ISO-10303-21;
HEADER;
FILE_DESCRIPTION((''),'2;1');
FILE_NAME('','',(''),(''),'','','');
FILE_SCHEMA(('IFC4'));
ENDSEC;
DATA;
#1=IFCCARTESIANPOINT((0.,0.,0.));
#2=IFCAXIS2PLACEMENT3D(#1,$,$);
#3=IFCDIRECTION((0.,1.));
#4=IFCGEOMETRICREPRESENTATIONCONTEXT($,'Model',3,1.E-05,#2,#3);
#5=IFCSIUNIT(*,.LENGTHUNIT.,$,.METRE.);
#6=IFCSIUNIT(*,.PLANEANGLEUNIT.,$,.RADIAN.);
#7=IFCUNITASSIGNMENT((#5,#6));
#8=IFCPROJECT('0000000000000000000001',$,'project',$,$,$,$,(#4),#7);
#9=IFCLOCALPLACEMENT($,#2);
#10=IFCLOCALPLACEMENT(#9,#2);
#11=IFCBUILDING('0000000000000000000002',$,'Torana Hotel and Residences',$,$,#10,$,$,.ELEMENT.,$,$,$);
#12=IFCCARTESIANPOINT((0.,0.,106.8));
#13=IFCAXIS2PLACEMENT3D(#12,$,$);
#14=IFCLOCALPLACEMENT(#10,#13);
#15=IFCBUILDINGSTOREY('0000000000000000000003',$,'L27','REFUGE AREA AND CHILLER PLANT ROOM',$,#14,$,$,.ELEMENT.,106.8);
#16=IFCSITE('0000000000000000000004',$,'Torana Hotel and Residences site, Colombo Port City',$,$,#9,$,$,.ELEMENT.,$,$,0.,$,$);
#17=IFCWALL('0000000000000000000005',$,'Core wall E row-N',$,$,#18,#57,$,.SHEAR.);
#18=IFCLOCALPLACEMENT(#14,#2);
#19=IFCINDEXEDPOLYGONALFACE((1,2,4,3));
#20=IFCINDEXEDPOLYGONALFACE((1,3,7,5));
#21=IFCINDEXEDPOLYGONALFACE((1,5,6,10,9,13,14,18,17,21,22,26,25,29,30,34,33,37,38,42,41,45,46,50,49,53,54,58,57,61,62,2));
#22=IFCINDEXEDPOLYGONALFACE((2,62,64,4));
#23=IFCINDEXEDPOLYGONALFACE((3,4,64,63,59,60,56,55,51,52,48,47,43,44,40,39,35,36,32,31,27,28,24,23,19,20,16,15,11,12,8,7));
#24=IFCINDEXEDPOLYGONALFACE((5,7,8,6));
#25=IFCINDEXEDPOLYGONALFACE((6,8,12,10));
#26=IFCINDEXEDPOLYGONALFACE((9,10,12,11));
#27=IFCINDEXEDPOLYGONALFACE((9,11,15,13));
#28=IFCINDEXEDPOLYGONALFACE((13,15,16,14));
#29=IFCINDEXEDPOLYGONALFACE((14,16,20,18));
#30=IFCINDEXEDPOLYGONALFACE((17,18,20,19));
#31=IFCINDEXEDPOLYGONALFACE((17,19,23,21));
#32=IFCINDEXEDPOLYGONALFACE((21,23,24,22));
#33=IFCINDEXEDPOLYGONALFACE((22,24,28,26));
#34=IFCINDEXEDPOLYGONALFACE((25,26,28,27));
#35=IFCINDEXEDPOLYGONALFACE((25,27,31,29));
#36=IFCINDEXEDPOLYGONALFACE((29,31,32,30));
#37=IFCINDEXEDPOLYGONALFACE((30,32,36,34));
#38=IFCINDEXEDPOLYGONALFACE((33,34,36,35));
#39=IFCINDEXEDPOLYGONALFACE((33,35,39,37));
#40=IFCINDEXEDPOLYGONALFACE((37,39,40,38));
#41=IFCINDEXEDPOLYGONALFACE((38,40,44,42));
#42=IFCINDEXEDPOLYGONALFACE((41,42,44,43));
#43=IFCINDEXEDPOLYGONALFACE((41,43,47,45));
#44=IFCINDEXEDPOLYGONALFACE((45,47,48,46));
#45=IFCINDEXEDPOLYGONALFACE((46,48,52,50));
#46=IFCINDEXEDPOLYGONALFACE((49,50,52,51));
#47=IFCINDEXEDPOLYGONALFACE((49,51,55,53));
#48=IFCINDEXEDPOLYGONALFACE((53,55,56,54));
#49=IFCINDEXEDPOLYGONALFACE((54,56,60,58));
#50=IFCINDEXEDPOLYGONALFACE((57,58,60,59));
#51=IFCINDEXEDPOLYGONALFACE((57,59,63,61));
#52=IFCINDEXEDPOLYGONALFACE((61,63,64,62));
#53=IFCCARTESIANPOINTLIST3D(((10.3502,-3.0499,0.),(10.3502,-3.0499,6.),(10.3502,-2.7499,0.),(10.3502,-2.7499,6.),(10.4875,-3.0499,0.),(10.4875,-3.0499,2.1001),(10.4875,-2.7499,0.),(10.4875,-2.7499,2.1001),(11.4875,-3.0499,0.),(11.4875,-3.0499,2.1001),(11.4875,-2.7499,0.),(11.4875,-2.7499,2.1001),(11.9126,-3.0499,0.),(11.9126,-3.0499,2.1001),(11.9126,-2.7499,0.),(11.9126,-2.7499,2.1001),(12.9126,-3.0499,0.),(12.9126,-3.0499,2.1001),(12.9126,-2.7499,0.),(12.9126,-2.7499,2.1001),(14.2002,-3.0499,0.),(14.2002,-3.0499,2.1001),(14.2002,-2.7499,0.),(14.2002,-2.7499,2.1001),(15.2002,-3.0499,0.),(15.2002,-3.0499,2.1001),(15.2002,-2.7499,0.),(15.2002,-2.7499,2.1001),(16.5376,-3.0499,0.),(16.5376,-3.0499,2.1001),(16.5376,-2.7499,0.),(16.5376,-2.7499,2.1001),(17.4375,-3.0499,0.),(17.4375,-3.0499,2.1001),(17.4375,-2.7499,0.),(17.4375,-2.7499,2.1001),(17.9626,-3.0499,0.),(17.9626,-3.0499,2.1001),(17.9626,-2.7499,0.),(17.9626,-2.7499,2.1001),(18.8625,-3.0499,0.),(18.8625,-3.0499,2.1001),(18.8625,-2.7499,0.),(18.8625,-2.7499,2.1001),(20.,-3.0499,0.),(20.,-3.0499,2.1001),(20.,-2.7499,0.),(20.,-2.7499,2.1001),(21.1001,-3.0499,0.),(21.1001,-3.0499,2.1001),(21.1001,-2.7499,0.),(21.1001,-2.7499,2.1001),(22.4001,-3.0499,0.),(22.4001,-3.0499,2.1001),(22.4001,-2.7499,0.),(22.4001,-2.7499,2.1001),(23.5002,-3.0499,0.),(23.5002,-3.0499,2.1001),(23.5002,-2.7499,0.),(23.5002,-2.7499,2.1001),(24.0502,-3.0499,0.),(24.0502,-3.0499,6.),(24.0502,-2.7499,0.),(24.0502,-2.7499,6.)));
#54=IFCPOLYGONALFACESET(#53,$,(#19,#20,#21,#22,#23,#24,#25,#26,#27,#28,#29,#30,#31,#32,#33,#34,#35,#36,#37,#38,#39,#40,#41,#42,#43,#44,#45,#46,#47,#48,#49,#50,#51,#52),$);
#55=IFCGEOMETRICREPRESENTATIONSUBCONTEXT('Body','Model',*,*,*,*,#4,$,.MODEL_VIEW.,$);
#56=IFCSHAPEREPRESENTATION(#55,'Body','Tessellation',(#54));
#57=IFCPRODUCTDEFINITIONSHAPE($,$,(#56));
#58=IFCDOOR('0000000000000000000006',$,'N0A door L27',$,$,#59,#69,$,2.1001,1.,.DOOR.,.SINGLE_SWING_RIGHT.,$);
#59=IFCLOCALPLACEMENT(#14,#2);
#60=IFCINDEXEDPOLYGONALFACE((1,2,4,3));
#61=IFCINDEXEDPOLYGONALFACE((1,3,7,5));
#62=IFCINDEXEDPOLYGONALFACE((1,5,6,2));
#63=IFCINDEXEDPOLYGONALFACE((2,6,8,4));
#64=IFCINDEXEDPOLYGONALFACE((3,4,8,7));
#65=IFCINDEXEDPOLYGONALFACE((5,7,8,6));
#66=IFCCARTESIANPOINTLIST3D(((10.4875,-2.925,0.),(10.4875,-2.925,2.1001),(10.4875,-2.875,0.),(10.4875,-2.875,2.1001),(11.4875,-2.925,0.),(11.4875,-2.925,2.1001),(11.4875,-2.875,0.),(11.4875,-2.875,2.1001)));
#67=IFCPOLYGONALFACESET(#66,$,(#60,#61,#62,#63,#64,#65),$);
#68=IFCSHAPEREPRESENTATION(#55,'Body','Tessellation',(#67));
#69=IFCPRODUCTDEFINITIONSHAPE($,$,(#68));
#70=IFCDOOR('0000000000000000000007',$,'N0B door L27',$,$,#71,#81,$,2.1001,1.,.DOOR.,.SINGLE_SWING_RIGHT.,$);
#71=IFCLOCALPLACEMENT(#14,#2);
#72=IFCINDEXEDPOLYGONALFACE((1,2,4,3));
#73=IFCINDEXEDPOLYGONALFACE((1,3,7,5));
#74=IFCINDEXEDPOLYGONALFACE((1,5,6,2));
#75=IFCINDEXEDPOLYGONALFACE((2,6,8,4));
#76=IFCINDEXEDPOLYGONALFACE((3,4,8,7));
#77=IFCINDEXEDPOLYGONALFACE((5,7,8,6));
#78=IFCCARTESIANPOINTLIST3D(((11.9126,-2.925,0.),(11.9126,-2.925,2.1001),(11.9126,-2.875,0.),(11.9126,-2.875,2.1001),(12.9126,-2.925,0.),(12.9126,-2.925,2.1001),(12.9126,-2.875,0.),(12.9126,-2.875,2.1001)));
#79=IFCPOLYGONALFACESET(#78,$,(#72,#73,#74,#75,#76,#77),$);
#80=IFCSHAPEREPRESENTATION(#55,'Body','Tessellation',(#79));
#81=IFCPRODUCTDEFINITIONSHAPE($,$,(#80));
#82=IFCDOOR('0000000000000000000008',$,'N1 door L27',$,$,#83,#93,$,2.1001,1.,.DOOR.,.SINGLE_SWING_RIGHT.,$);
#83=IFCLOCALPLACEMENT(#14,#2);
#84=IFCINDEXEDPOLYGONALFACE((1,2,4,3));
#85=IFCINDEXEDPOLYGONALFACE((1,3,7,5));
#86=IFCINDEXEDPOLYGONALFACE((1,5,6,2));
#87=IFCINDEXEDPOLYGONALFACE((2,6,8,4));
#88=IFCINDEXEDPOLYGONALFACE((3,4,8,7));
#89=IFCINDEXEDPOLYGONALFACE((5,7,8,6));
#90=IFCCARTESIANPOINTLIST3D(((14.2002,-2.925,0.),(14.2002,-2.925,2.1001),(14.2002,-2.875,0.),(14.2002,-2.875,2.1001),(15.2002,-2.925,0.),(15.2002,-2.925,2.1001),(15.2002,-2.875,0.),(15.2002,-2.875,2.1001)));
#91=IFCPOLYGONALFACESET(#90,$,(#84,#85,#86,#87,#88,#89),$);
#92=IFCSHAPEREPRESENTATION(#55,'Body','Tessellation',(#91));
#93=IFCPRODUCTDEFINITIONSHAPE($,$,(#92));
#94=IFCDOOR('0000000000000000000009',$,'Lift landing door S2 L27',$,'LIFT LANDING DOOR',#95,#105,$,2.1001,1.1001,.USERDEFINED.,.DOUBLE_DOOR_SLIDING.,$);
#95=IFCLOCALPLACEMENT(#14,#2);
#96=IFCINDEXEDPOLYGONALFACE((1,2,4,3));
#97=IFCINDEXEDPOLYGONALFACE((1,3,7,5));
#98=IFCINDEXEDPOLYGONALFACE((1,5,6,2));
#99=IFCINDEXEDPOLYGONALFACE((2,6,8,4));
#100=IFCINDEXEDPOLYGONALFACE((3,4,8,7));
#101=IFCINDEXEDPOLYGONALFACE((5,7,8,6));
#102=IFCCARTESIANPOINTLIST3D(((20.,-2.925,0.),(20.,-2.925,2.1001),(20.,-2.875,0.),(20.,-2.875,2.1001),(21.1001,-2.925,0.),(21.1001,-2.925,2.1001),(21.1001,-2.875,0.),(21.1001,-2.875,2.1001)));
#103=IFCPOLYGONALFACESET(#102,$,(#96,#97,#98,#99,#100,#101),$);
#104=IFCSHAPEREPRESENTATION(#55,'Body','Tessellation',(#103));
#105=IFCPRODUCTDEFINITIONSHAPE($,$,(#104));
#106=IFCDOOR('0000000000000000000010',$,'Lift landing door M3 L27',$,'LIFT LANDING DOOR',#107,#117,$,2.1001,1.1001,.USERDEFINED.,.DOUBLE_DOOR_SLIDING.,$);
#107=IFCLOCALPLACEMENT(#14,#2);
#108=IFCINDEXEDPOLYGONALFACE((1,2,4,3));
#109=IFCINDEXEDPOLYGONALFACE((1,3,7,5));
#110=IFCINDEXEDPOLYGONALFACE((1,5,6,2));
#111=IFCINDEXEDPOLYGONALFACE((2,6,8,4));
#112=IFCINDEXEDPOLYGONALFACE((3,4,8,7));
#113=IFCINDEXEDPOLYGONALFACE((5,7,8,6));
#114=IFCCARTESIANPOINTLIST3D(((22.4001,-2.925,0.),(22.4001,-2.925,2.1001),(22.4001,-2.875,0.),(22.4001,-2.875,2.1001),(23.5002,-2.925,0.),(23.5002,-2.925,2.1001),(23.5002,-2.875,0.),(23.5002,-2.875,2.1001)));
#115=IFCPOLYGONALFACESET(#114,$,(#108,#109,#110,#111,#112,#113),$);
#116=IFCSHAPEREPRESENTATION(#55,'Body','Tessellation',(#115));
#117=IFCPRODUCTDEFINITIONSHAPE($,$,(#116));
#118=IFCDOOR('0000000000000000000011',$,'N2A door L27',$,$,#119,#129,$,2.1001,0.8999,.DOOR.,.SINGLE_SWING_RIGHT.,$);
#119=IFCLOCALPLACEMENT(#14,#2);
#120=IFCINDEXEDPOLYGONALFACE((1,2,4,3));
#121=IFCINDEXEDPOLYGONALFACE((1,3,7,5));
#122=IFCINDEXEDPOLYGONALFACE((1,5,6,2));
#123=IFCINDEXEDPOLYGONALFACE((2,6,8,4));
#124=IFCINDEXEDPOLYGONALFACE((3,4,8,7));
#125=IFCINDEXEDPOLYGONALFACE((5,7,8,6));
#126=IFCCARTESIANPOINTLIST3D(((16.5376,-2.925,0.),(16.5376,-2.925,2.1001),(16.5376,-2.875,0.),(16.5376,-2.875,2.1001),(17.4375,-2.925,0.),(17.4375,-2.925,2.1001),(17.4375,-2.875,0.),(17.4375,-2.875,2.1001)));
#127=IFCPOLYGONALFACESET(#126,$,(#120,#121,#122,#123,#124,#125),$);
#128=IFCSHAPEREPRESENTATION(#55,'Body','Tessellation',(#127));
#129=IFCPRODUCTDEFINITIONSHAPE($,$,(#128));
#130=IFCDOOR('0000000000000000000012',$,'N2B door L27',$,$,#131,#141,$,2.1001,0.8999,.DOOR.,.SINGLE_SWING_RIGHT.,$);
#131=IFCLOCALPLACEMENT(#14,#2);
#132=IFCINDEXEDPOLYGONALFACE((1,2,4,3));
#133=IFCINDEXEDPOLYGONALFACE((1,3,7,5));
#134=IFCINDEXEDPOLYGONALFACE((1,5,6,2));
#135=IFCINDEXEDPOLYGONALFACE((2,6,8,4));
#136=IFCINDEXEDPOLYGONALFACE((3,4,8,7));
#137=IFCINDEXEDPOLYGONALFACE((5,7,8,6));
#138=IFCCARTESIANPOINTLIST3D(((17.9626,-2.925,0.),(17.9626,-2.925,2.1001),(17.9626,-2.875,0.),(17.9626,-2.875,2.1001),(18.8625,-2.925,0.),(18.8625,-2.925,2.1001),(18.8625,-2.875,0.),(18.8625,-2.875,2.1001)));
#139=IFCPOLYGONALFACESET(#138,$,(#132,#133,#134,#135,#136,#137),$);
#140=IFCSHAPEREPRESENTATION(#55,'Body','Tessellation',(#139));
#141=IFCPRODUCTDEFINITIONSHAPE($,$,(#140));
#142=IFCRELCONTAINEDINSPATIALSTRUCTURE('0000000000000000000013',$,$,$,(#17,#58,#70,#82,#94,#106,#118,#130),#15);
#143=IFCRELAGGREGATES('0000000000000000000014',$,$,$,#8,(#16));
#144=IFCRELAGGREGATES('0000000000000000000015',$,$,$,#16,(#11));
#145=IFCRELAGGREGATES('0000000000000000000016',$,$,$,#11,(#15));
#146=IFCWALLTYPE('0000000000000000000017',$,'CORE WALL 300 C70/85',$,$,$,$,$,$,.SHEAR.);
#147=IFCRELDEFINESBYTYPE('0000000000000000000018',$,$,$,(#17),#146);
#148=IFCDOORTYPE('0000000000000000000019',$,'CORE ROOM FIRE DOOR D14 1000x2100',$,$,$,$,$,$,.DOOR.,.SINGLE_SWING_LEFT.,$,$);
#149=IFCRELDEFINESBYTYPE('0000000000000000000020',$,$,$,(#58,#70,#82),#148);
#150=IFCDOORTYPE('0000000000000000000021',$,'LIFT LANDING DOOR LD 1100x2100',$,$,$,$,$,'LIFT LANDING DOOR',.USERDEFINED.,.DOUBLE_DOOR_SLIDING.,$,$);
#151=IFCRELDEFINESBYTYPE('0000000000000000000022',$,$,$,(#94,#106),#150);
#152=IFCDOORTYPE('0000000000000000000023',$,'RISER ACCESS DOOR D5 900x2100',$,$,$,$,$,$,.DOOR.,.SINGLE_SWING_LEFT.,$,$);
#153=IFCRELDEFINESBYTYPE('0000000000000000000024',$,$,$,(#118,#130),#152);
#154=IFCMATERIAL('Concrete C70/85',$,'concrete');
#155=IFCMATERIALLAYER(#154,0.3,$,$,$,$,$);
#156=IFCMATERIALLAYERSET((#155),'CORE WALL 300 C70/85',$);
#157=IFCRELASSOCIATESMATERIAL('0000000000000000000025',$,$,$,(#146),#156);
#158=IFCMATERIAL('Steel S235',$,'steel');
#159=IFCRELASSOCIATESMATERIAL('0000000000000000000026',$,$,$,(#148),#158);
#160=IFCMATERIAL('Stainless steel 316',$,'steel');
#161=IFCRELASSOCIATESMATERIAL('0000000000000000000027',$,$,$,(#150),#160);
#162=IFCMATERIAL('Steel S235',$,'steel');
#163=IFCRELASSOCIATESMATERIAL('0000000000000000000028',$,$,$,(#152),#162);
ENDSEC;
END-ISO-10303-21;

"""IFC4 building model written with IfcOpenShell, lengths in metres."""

from ifc_helpers import new_model, si_unit, direction, frame, frame_2d, origin, place, context, subcontext, project, spatial, rectangle, extrude, material, layer, layer_set, type_object, element, fill, save


model = new_model("IFC4")

# Units and contexts
model_context = context("Model", 3, precision=1e-05, world=origin(), true_north=direction((0.0, 1.0)))
body_context = subcontext(model_context, "Body", "Model", "MODEL_VIEW")
ifc_project = project(units=[si_unit("LENGTHUNIT", "METRE"), si_unit("PLANEANGLEUNIT", "RADIAN")], contexts=[model_context])

# Site, building, storey
site_placement = place(None, origin())
site = spatial("IfcSite", under=ifc_project, at=site_placement, Name="Torana Hotel and Residences site, Colombo Port City", CompositionType="ELEMENT", RefElevation=0.0)
building_placement = place(site_placement, origin())
building = spatial("IfcBuilding", under=site, at=building_placement, Name="Torana Hotel and Residences", CompositionType="ELEMENT")
storey_placement = place(building_placement, frame((0.0, 0.0, 106.8)))
storey = spatial("IfcBuildingStorey", under=building, at=storey_placement, Name="L27", Description="REFUGE AREA AND CHILLER PLANT ROOM", CompositionType="ELEMENT", Elevation=106.8)

# Wall, openings, doors
ifc_material_1 = material(Name="Concrete C70/85", Category="concrete")
ifc_layer_1 = layer(ifc_material_1, 0.3)
ifc_layer_set_1 = layer_set([ifc_layer_1], Name="CORE WALL 300 C70/85")
wall_type_1 = type_object("IfcWallType", Name="CORE WALL 300 C70/85", PredefinedType="SHEAR", material=ifc_layer_set_1)
wall_1_placement = place(storey_placement, frame((10.3501, -2.8999, 0.0), z_axis=(0.0, 0.0, 1.0), x_axis=(1.0, 0.0, 0.0)))
wall_1 = element("IfcWall", 1, at=wall_1_placement, inside=storey, type_object=wall_type_1, Name="Core wall E row-N", PredefinedType="SHEAR", context=body_context, shape_type="SweptSolid", body=[
    extrude(rectangle(XDim=13.7, YDim=0.3, at=frame_2d((6.8501, 0.0))), origin(), (0.0, 0.0, 1.0), 6.0),
])
opening_1_placement = place(wall_1_placement, frame((9.6499, 0.0, 0.0)))
opening_1 = element("IfcOpeningElement", 2, at=opening_1_placement, cuts=wall_1, PredefinedType="OPENING", context=body_context, shape_type="SweptSolid", body=[
    extrude(rectangle(XDim=1.1001, YDim=2.1001, at=frame_2d((0.55, 1.05))), frame((0.0, 0.1599, 0.0), z_axis=(0.0, -1.0, 0.0), x_axis=(1.0, 0.0, 0.0)), (0.0, 0.0, 1.0), 0.3201),
])
opening_2_placement = place(wall_1_placement, frame((12.05, 0.0, 0.0)))
opening_2 = element("IfcOpeningElement", 3, at=opening_2_placement, cuts=wall_1, PredefinedType="OPENING", context=body_context, shape_type="SweptSolid", body=[
    extrude(rectangle(XDim=1.1001, YDim=2.1001, at=frame_2d((0.55, 1.05))), frame((0.0, 0.1599, 0.0), z_axis=(0.0, -1.0, 0.0), x_axis=(1.0, 0.0, 0.0)), (0.0, 0.0, 1.0), 0.3201),
])
opening_3_placement = place(wall_1_placement, frame((6.1875, 0.0, 0.0)))
opening_3 = element("IfcOpeningElement", 4, at=opening_3_placement, cuts=wall_1, PredefinedType="OPENING", context=body_context, shape_type="SweptSolid", body=[
    extrude(rectangle(XDim=0.8999, YDim=2.1001, at=frame_2d((0.45, 1.05))), frame((0.0, 0.1599, 0.0), z_axis=(0.0, -1.0, 0.0), x_axis=(1.0, 0.0, 0.0)), (0.0, 0.0, 1.0), 0.3201),
])
opening_4_placement = place(wall_1_placement, frame((7.6125, 0.0, 0.0)))
opening_4 = element("IfcOpeningElement", 5, at=opening_4_placement, cuts=wall_1, PredefinedType="OPENING", context=body_context, shape_type="SweptSolid", body=[
    extrude(rectangle(XDim=0.8999, YDim=2.1001, at=frame_2d((0.45, 1.05))), frame((0.0, 0.1599, 0.0), z_axis=(0.0, -1.0, 0.0), x_axis=(1.0, 0.0, 0.0)), (0.0, 0.0, 1.0), 0.3201),
])
opening_5_placement = place(wall_1_placement, frame((0.1375, 0.0, 0.0)))
opening_5 = element("IfcOpeningElement", 6, at=opening_5_placement, cuts=wall_1, PredefinedType="OPENING", context=body_context, shape_type="SweptSolid", body=[
    extrude(rectangle(XDim=1.0, YDim=2.1001, at=frame_2d((0.5, 1.05))), frame((0.0, 0.1599, 0.0), z_axis=(0.0, -1.0, 0.0), x_axis=(1.0, 0.0, 0.0)), (0.0, 0.0, 1.0), 0.3201),
])
opening_6_placement = place(wall_1_placement, frame((1.5625, 0.0, 0.0)))
opening_6 = element("IfcOpeningElement", 7, at=opening_6_placement, cuts=wall_1, PredefinedType="OPENING", context=body_context, shape_type="SweptSolid", body=[
    extrude(rectangle(XDim=1.0, YDim=2.1001, at=frame_2d((0.5, 1.05))), frame((0.0, 0.1599, 0.0), z_axis=(0.0, -1.0, 0.0), x_axis=(1.0, 0.0, 0.0)), (0.0, 0.0, 1.0), 0.3201),
])
opening_7_placement = place(wall_1_placement, frame((3.8501, 0.0, 0.0)))
opening_7 = element("IfcOpeningElement", 8, at=opening_7_placement, cuts=wall_1, PredefinedType="OPENING", context=body_context, shape_type="SweptSolid", body=[
    extrude(rectangle(XDim=1.0, YDim=2.1001, at=frame_2d((0.5, 1.05))), frame((0.0, 0.1599, 0.0), z_axis=(0.0, -1.0, 0.0), x_axis=(1.0, 0.0, 0.0)), (0.0, 0.0, 1.0), 0.3201),
])
ifc_material_2 = material(Name="Steel S235", Category="steel")
door_type_1 = type_object("IfcDoorType", Name="CORE ROOM FIRE DOOR D14 1000x2100", OperationType="SINGLE_SWING_LEFT", PredefinedType="DOOR", material=ifc_material_2)
door_1_placement = place(opening_5_placement, origin())
door_1 = element("IfcDoor", 9, at=door_1_placement, inside=storey, type_object=door_type_1, Name="N0A door L27", OperationType="SINGLE_SWING_RIGHT", OverallHeight=2.1001, OverallWidth=1.0, PredefinedType="DOOR", context=body_context, shape_type="SweptSolid", body=[
    extrude(rectangle(XDim=1.0, YDim=2.1001, at=frame_2d((0.5, 1.05))), frame((0.0, 0.0249, 0.0), z_axis=(0.0, -1.0, 0.0), x_axis=(1.0, 0.0, 0.0)), (0.0, 0.0, 1.0), 0.05),
])
fill(opening_5, door_1)
door_2_placement = place(opening_6_placement, origin())
door_2 = element("IfcDoor", 10, at=door_2_placement, inside=storey, type_object=door_type_1, Name="N0B door L27", OperationType="SINGLE_SWING_RIGHT", OverallHeight=2.1001, OverallWidth=1.0, PredefinedType="DOOR", context=body_context, shape_type="SweptSolid", body=[
    extrude(rectangle(XDim=1.0, YDim=2.1001, at=frame_2d((0.5, 1.05))), frame((0.0, 0.0249, 0.0), z_axis=(0.0, -1.0, 0.0), x_axis=(1.0, 0.0, 0.0)), (0.0, 0.0, 1.0), 0.05),
])
fill(opening_6, door_2)
door_3_placement = place(opening_7_placement, origin())
door_3 = element("IfcDoor", 11, at=door_3_placement, inside=storey, type_object=door_type_1, Name="N1 door L27", OperationType="SINGLE_SWING_RIGHT", OverallHeight=2.1001, OverallWidth=1.0, PredefinedType="DOOR", context=body_context, shape_type="SweptSolid", body=[
    extrude(rectangle(XDim=1.0, YDim=2.1001, at=frame_2d((0.5, 1.05))), frame((0.0, 0.0249, 0.0), z_axis=(0.0, -1.0, 0.0), x_axis=(1.0, 0.0, 0.0)), (0.0, 0.0, 1.0), 0.05),
])
fill(opening_7, door_3)
ifc_material_3 = material(Name="Stainless steel 316", Category="steel")
door_type_2 = type_object("IfcDoorType", Name="LIFT LANDING DOOR LD 1100x2100", ElementType="LIFT LANDING DOOR", OperationType="DOUBLE_DOOR_SLIDING", PredefinedType="USERDEFINED", material=ifc_material_3)
door_4_placement = place(opening_1_placement, origin())
door_4 = element("IfcDoor", 12, at=door_4_placement, inside=storey, type_object=door_type_2, Name="Lift landing door S2 L27", ObjectType="LIFT LANDING DOOR", OperationType="DOUBLE_DOOR_SLIDING", OverallHeight=2.1001, OverallWidth=1.1001, PredefinedType="USERDEFINED", context=body_context, shape_type="SweptSolid", body=[
    extrude(rectangle(XDim=1.1001, YDim=2.1001, at=frame_2d((0.55, 1.05))), frame((0.0, 0.0249, 0.0), z_axis=(0.0, -1.0, 0.0), x_axis=(1.0, 0.0, 0.0)), (0.0, 0.0, 1.0), 0.05),
])
fill(opening_1, door_4)
door_5_placement = place(opening_2_placement, origin())
door_5 = element("IfcDoor", 13, at=door_5_placement, inside=storey, type_object=door_type_2, Name="Lift landing door M3 L27", ObjectType="LIFT LANDING DOOR", OperationType="DOUBLE_DOOR_SLIDING", OverallHeight=2.1001, OverallWidth=1.1001, PredefinedType="USERDEFINED", context=body_context, shape_type="SweptSolid", body=[
    extrude(rectangle(XDim=1.1001, YDim=2.1001, at=frame_2d((0.55, 1.05))), frame((0.0, 0.0249, 0.0), z_axis=(0.0, -1.0, 0.0), x_axis=(1.0, 0.0, 0.0)), (0.0, 0.0, 1.0), 0.05),
])
fill(opening_2, door_5)
ifc_material_4 = material(Name="Steel S235", Category="steel")
door_type_3 = type_object("IfcDoorType", Name="RISER ACCESS DOOR D5 900x2100", OperationType="SINGLE_SWING_LEFT", PredefinedType="DOOR", material=ifc_material_4)
door_6_placement = place(opening_3_placement, origin())
door_6 = element("IfcDoor", 14, at=door_6_placement, inside=storey, type_object=door_type_3, Name="N2A door L27", OperationType="SINGLE_SWING_RIGHT", OverallHeight=2.1001, OverallWidth=0.8999, PredefinedType="DOOR", context=body_context, shape_type="SweptSolid", body=[
    extrude(rectangle(XDim=0.8999, YDim=2.1001, at=frame_2d((0.45, 1.05))), frame((0.0, 0.0249, 0.0), z_axis=(0.0, -1.0, 0.0), x_axis=(1.0, 0.0, 0.0)), (0.0, 0.0, 1.0), 0.05),
])
fill(opening_3, door_6)
door_7_placement = place(opening_4_placement, origin())
door_7 = element("IfcDoor", 15, at=door_7_placement, inside=storey, type_object=door_type_3, Name="N2B door L27", OperationType="SINGLE_SWING_RIGHT", OverallHeight=2.1001, OverallWidth=0.8999, PredefinedType="DOOR", context=body_context, shape_type="SweptSolid", body=[
    extrude(rectangle(XDim=0.8999, YDim=2.1001, at=frame_2d((0.45, 1.05))), frame((0.0, 0.0249, 0.0), z_axis=(0.0, -1.0, 0.0), x_axis=(1.0, 0.0, 0.0)), (0.0, 0.0, 1.0), 0.05),
])
fill(opening_4, door_7)

save(model, "model.ifc")
